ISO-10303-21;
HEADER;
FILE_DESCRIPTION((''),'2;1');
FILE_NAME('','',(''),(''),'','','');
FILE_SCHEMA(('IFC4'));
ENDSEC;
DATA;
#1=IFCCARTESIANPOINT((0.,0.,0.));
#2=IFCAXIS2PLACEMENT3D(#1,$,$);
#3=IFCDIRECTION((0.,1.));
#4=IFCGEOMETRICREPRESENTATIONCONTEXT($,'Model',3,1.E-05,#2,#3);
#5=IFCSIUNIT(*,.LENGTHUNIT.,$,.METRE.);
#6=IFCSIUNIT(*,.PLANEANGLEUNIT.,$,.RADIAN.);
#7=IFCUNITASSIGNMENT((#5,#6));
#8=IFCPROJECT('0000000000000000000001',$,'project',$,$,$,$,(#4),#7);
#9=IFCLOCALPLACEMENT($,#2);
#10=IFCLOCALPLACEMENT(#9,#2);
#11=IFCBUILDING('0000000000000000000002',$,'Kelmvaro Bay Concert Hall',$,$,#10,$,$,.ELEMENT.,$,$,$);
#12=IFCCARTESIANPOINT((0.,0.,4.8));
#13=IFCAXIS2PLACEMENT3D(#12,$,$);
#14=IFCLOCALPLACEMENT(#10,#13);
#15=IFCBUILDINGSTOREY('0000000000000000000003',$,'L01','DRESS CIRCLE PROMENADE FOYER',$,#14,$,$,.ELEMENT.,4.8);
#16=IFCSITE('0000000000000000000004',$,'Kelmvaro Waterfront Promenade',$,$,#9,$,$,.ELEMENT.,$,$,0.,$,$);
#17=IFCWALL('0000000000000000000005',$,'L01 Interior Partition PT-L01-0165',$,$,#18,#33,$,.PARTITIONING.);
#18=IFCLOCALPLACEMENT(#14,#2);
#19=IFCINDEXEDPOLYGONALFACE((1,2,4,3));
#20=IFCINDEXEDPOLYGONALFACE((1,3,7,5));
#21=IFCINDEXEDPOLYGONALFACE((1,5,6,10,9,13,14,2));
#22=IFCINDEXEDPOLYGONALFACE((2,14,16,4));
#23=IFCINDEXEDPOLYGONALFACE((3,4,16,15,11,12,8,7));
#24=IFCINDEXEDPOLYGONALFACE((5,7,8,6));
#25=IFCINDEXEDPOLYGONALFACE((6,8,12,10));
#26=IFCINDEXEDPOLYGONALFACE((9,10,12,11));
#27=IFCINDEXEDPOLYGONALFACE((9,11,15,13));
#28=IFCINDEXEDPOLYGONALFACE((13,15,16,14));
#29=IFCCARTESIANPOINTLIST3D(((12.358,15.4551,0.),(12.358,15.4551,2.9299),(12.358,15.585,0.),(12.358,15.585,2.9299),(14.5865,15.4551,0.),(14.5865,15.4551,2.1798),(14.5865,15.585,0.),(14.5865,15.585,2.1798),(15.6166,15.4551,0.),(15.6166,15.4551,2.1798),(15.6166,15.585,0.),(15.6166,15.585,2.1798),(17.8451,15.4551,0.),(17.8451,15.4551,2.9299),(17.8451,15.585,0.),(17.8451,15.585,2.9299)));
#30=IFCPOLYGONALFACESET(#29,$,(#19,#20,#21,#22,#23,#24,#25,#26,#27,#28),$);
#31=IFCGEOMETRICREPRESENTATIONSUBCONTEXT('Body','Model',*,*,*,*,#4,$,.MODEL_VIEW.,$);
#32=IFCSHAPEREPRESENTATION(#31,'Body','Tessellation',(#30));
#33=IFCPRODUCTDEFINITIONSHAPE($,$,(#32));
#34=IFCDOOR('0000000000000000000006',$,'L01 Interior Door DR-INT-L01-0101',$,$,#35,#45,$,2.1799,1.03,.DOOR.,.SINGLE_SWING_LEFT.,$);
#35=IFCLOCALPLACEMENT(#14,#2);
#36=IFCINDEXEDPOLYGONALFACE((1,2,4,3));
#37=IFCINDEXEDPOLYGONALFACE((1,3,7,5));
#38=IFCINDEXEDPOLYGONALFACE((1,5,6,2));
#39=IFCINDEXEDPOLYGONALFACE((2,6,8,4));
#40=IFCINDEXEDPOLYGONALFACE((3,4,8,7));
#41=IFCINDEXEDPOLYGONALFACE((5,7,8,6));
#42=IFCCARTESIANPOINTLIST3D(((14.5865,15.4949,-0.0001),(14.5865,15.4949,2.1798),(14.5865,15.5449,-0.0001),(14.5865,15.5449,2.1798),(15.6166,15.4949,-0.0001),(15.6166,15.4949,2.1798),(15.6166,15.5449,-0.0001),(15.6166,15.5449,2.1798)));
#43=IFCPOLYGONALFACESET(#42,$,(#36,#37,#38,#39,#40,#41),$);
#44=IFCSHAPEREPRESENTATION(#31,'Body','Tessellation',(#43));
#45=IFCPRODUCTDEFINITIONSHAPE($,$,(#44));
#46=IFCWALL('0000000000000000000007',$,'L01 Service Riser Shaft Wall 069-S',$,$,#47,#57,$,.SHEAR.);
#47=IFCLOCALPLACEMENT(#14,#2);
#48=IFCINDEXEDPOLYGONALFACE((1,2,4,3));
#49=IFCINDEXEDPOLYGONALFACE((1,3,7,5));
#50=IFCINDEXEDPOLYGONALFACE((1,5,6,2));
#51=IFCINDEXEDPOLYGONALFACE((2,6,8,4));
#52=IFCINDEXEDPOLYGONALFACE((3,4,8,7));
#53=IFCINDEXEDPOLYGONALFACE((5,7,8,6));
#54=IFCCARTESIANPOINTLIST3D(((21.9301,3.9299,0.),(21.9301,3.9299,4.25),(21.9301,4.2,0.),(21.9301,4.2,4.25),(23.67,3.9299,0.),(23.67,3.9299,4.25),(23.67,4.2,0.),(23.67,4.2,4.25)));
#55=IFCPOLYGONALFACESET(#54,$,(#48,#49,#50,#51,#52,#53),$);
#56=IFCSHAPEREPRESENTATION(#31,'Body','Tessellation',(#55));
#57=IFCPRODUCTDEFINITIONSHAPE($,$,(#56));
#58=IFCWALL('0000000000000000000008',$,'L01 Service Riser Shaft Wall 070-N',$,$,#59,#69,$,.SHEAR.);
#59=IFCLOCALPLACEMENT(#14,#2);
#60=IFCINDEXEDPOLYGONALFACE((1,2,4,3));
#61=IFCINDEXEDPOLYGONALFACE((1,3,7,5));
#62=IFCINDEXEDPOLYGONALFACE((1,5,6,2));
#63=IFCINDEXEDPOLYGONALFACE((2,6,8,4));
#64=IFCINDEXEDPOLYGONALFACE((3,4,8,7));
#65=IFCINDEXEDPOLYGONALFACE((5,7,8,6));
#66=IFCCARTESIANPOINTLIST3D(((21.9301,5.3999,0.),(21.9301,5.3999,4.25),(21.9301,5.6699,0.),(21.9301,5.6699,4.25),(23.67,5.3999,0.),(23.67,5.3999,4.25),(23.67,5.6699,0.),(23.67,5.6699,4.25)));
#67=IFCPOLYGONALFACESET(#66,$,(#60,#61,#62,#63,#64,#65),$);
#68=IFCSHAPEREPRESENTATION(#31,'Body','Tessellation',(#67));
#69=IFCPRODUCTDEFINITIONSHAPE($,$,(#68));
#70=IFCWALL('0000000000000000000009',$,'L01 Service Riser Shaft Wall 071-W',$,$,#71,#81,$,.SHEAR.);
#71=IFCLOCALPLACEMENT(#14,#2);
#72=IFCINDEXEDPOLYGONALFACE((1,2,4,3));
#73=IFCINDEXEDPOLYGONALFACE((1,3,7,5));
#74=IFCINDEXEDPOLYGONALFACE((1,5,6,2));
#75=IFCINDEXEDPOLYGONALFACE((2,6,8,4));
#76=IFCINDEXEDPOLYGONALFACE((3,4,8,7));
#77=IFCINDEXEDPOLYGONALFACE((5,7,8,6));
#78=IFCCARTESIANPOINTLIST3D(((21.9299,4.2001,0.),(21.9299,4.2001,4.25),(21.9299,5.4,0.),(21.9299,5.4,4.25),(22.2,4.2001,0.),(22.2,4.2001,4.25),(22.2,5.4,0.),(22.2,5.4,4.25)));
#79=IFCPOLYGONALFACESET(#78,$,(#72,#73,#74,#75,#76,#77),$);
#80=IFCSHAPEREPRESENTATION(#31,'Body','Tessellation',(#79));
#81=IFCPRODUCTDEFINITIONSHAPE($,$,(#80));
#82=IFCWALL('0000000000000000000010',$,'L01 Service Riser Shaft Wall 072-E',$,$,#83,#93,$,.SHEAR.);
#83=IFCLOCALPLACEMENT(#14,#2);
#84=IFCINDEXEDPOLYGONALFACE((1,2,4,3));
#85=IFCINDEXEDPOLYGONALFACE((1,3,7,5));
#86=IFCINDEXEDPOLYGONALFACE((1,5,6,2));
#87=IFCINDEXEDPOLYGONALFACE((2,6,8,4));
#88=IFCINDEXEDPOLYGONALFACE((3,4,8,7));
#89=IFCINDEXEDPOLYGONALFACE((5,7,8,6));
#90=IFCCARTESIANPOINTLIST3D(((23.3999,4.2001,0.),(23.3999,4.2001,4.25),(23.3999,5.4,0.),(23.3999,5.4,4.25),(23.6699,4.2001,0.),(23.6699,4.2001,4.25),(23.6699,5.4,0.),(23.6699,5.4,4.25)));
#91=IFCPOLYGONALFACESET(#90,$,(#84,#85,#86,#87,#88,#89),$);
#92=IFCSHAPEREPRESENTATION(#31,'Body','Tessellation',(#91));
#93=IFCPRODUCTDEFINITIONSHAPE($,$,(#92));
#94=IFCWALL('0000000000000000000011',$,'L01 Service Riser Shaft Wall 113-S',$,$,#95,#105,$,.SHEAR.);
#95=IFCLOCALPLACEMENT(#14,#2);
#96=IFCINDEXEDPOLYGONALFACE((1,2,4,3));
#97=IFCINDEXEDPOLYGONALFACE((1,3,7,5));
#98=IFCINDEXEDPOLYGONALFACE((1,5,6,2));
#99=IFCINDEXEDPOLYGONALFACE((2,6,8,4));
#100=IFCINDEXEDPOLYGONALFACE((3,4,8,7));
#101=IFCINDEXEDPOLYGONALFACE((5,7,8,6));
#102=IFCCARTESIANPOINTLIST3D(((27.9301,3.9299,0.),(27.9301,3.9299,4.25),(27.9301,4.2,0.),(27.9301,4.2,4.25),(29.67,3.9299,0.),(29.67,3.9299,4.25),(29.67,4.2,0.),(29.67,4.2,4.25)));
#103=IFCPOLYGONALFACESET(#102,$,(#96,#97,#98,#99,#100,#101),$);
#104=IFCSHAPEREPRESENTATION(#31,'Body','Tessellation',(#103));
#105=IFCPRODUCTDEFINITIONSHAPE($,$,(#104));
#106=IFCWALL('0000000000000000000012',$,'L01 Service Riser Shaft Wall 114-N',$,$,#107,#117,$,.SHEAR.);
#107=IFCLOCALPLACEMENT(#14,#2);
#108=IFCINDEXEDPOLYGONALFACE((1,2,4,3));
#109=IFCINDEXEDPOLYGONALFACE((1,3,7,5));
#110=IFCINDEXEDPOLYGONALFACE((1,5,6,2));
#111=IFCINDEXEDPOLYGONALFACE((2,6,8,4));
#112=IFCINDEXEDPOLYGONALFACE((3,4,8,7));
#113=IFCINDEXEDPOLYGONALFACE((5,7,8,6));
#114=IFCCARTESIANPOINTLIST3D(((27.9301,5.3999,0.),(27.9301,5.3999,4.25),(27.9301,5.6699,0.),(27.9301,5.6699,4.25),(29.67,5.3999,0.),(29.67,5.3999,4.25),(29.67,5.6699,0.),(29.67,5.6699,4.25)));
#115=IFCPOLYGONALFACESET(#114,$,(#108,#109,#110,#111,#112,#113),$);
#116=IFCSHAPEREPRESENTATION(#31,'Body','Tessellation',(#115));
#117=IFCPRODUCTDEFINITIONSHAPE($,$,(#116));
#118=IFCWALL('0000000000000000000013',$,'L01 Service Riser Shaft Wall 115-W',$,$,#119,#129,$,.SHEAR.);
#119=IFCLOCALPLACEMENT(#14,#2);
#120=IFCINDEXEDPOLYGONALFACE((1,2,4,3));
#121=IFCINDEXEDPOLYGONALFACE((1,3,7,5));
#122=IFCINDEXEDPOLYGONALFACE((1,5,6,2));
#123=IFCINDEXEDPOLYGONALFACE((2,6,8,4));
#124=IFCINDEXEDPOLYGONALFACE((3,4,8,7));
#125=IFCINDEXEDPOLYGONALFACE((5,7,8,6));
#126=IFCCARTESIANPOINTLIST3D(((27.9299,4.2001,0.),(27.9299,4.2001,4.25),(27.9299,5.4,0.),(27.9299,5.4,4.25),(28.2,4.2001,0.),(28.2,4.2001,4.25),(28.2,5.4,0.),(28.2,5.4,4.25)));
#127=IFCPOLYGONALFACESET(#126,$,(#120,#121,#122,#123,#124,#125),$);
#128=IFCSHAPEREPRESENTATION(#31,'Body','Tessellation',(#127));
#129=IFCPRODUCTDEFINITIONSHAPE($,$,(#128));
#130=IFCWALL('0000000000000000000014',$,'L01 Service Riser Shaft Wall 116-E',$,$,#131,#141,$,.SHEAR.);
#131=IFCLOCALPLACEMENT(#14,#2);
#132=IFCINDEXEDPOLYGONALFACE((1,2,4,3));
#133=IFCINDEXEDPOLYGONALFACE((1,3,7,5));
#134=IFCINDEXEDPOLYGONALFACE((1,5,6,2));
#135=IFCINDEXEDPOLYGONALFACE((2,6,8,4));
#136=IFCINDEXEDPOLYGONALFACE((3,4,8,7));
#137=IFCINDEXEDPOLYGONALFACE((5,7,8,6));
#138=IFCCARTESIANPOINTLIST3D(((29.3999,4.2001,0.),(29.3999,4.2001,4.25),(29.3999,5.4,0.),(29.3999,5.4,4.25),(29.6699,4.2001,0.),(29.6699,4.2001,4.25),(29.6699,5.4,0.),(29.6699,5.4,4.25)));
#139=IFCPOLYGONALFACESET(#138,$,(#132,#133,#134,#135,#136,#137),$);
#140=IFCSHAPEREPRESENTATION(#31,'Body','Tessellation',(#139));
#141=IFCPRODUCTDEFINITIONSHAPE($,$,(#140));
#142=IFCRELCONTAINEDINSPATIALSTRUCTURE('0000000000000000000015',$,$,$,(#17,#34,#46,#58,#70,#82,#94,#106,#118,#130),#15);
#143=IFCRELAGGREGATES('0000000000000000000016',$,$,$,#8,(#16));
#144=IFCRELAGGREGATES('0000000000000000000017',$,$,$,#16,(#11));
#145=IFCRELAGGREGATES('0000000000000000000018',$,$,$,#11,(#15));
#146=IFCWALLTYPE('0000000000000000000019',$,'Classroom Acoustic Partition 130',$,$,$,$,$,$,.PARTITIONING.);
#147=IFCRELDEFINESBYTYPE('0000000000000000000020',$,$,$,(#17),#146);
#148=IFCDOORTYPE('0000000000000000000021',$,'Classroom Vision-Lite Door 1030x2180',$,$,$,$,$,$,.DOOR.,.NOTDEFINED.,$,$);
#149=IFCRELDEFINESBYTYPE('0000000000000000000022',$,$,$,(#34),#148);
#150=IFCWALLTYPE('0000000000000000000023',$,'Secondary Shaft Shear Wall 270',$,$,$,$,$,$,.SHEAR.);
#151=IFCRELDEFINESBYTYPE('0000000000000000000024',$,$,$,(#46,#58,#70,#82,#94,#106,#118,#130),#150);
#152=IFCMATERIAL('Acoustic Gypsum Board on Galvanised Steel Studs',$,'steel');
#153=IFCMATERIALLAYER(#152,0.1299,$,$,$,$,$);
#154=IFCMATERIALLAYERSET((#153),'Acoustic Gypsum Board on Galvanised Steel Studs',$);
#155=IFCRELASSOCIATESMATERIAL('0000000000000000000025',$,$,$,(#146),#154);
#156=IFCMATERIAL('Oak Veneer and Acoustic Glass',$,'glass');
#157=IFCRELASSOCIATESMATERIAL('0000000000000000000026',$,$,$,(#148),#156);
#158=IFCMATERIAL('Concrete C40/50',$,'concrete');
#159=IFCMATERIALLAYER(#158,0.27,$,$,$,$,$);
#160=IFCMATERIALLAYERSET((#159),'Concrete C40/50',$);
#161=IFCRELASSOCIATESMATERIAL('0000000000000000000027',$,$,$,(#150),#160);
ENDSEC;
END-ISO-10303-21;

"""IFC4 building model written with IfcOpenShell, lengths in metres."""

from ifc_helpers import new_model, si_unit, direction, frame, frame_2d, origin, place, context, subcontext, project, spatial, rectangle, extrude, material, layer, layer_set, type_object, element, fill, save


model = new_model("IFC4")

# Units and contexts
model_context = context("Model", 3, precision=1e-05, world=origin(), true_north=direction((0.0, 1.0)))
body_context = subcontext(model_context, "Body", "Model", "MODEL_VIEW")
ifc_project = project(units=[si_unit("LENGTHUNIT", "METRE"), si_unit("PLANEANGLEUNIT", "RADIAN")], contexts=[model_context])

# Site, building, storey
site_placement = place(None, origin())
site = spatial("IfcSite", under=ifc_project, at=site_placement, Name="Kelmvaro Waterfront Promenade", CompositionType="ELEMENT", RefElevation=0.0)
building_placement = place(site_placement, origin())
building = spatial("IfcBuilding", under=site, at=building_placement, Name="Kelmvaro Bay Concert Hall", CompositionType="ELEMENT")
storey_placement = place(building_placement, frame((0.0, 0.0, 4.8)))
storey = spatial("IfcBuildingStorey", under=building, at=storey_placement, Name="L01", Description="DRESS CIRCLE PROMENADE FOYER", CompositionType="ELEMENT", Elevation=4.8)

# Wall, opening, door
ifc_material_1 = material(Name="Acoustic Gypsum Board on Galvanised Steel Studs", Category="steel")
ifc_layer_1 = layer(ifc_material_1, 0.1299)
ifc_layer_set_1 = layer_set([ifc_layer_1], Name="Acoustic Gypsum Board on Galvanised Steel Studs")
wall_type_1 = type_object("IfcWallType", Name="Classroom Acoustic Partition 130", PredefinedType="PARTITIONING", material=ifc_layer_set_1)
wall_1_placement = place(storey_placement, frame((12.3579, 15.52, 0.0), z_axis=(0.0, 0.0, 1.0), x_axis=(1.0, 0.0, 0.0)))
wall_1 = element("IfcWall", 1, at=wall_1_placement, inside=storey, type_object=wall_type_1, Name="L01 Interior Partition PT-L01-0165", PredefinedType="PARTITIONING", context=body_context, shape_type="SweptSolid", body=[
    extrude(rectangle(XDim=5.4871, YDim=0.1299, at=frame_2d((2.7437, 0.0))), origin(), (0.0, 0.0, 1.0), 2.9299),
])
opening_1_placement = place(wall_1_placement, frame((2.2285, 0.0, 0.0)))
opening_1 = element("IfcOpeningElement", 2, at=opening_1_placement, cuts=wall_1, PredefinedType="OPENING", context=body_context, shape_type="SweptSolid", body=[
    extrude(rectangle(XDim=1.03, YDim=2.1799, at=frame_2d((0.5151, 1.0898))), frame((0.0, 0.075, 0.0), z_axis=(0.0, -1.0, 0.0), x_axis=(1.0, 0.0, 0.0)), (0.0, 0.0, 1.0), 0.1499),
])
ifc_material_2 = material(Name="Oak Veneer and Acoustic Glass", Category="glass")
door_type_1 = type_object("IfcDoorType", Name="Classroom Vision-Lite Door 1030x2180", OperationType="NOTDEFINED", PredefinedType="DOOR", material=ifc_material_2)
door_1_placement = place(opening_1_placement, origin())
door_1 = element("IfcDoor", 3, at=door_1_placement, inside=storey, type_object=door_type_1, Name="L01 Interior Door DR-INT-L01-0101", OperationType="SINGLE_SWING_LEFT", OverallHeight=2.1799, OverallWidth=1.03, PredefinedType="DOOR", context=body_context, shape_type="SweptSolid", body=[
    extrude(rectangle(XDim=1.03, YDim=2.1799, at=frame_2d((0.5151, 1.0898))), frame((0.0, 0.0249, 0.0), z_axis=(0.0, -1.0, 0.0), x_axis=(1.0, 0.0, 0.0)), (0.0, 0.0, 1.0), 0.05),
])
fill(opening_1, door_1)

# Walls
ifc_material_3 = material(Name="Concrete C40/50", Category="concrete")
ifc_layer_2 = layer(ifc_material_3, 0.27)
ifc_layer_set_2 = layer_set([ifc_layer_2], Name="Concrete C40/50")
wall_type_2 = type_object("IfcWallType", Name="Secondary Shaft Shear Wall 270", PredefinedType="SHEAR", material=ifc_layer_set_2)
for number, where, z_axis, x_axis, name in (
    (4, (21.9299, 4.0649, 0.0), (0.0, 0.0, 1.0), (1.0, 0.0, 0.0), "L01 Service Riser Shaft Wall 069-S"),
    (5, (21.9299, 5.5349, 0.0), (0.0, 0.0, 1.0), (1.0, 0.0, 0.0), "L01 Service Riser Shaft Wall 070-N"),
):
    element("IfcWall", number, at=place(storey_placement, frame(where, z_axis=z_axis, x_axis=x_axis)), inside=storey, type_object=wall_type_2, Name=name, PredefinedType="SHEAR", context=body_context, shape_type="SweptSolid", body=[
        extrude(rectangle(XDim=1.74, YDim=0.27, at=frame_2d((0.8701, 0.0))), origin(), (0.0, 0.0, 1.0), 4.25),
    ])
for number, where, z_axis, x_axis, name in (
    (6, (22.0649, 4.2, 0.0), (0.0, 0.0, 1.0), (0.0, 1.0, 0.0), "L01 Service Riser Shaft Wall 071-W"),
    (7, (23.5349, 4.2, 0.0), (0.0, 0.0, 1.0), (0.0, 1.0, 0.0), "L01 Service Riser Shaft Wall 072-E"),
):
    element("IfcWall", number, at=place(storey_placement, frame(where, z_axis=z_axis, x_axis=x_axis)), inside=storey, type_object=wall_type_2, Name=name, PredefinedType="SHEAR", context=body_context, shape_type="SweptSolid", body=[
        extrude(rectangle(XDim=1.2, YDim=0.27, at=frame_2d((0.6001, 0.0))), origin(), (0.0, 0.0, 1.0), 4.25),
    ])
for number, where, z_axis, x_axis, name in (
    (8, (27.9299, 4.0649, 0.0), (0.0, 0.0, 1.0), (1.0, 0.0, 0.0), "L01 Service Riser Shaft Wall 113-S"),
    (9, (27.9299, 5.5349, 0.0), (0.0, 0.0, 1.0), (1.0, 0.0, 0.0), "L01 Service Riser Shaft Wall 114-N"),
):
    element("IfcWall", number, at=place(storey_placement, frame(where, z_axis=z_axis, x_axis=x_axis)), inside=storey, type_object=wall_type_2, Name=name, PredefinedType="SHEAR", context=body_context, shape_type="SweptSolid", body=[
        extrude(rectangle(XDim=1.74, YDim=0.27, at=frame_2d((0.8701, 0.0))), origin(), (0.0, 0.0, 1.0), 4.25),
    ])
for number, where, z_axis, x_axis, name in (
    (10, (28.0649, 4.2, 0.0), (0.0, 0.0, 1.0), (0.0, 1.0, 0.0), "L01 Service Riser Shaft Wall 115-W"),
    (11, (29.5349, 4.2, 0.0), (0.0, 0.0, 1.0), (0.0, 1.0, 0.0), "L01 Service Riser Shaft Wall 116-E"),
):
    element("IfcWall", number, at=place(storey_placement, frame(where, z_axis=z_axis, x_axis=x_axis)), inside=storey, type_object=wall_type_2, Name=name, PredefinedType="SHEAR", context=body_context, shape_type="SweptSolid", body=[
        extrude(rectangle(XDim=1.2, YDim=0.27, at=frame_2d((0.6001, 0.0))), origin(), (0.0, 0.0, 1.0), 4.25),
    ])

save(model, "model.ifc")
